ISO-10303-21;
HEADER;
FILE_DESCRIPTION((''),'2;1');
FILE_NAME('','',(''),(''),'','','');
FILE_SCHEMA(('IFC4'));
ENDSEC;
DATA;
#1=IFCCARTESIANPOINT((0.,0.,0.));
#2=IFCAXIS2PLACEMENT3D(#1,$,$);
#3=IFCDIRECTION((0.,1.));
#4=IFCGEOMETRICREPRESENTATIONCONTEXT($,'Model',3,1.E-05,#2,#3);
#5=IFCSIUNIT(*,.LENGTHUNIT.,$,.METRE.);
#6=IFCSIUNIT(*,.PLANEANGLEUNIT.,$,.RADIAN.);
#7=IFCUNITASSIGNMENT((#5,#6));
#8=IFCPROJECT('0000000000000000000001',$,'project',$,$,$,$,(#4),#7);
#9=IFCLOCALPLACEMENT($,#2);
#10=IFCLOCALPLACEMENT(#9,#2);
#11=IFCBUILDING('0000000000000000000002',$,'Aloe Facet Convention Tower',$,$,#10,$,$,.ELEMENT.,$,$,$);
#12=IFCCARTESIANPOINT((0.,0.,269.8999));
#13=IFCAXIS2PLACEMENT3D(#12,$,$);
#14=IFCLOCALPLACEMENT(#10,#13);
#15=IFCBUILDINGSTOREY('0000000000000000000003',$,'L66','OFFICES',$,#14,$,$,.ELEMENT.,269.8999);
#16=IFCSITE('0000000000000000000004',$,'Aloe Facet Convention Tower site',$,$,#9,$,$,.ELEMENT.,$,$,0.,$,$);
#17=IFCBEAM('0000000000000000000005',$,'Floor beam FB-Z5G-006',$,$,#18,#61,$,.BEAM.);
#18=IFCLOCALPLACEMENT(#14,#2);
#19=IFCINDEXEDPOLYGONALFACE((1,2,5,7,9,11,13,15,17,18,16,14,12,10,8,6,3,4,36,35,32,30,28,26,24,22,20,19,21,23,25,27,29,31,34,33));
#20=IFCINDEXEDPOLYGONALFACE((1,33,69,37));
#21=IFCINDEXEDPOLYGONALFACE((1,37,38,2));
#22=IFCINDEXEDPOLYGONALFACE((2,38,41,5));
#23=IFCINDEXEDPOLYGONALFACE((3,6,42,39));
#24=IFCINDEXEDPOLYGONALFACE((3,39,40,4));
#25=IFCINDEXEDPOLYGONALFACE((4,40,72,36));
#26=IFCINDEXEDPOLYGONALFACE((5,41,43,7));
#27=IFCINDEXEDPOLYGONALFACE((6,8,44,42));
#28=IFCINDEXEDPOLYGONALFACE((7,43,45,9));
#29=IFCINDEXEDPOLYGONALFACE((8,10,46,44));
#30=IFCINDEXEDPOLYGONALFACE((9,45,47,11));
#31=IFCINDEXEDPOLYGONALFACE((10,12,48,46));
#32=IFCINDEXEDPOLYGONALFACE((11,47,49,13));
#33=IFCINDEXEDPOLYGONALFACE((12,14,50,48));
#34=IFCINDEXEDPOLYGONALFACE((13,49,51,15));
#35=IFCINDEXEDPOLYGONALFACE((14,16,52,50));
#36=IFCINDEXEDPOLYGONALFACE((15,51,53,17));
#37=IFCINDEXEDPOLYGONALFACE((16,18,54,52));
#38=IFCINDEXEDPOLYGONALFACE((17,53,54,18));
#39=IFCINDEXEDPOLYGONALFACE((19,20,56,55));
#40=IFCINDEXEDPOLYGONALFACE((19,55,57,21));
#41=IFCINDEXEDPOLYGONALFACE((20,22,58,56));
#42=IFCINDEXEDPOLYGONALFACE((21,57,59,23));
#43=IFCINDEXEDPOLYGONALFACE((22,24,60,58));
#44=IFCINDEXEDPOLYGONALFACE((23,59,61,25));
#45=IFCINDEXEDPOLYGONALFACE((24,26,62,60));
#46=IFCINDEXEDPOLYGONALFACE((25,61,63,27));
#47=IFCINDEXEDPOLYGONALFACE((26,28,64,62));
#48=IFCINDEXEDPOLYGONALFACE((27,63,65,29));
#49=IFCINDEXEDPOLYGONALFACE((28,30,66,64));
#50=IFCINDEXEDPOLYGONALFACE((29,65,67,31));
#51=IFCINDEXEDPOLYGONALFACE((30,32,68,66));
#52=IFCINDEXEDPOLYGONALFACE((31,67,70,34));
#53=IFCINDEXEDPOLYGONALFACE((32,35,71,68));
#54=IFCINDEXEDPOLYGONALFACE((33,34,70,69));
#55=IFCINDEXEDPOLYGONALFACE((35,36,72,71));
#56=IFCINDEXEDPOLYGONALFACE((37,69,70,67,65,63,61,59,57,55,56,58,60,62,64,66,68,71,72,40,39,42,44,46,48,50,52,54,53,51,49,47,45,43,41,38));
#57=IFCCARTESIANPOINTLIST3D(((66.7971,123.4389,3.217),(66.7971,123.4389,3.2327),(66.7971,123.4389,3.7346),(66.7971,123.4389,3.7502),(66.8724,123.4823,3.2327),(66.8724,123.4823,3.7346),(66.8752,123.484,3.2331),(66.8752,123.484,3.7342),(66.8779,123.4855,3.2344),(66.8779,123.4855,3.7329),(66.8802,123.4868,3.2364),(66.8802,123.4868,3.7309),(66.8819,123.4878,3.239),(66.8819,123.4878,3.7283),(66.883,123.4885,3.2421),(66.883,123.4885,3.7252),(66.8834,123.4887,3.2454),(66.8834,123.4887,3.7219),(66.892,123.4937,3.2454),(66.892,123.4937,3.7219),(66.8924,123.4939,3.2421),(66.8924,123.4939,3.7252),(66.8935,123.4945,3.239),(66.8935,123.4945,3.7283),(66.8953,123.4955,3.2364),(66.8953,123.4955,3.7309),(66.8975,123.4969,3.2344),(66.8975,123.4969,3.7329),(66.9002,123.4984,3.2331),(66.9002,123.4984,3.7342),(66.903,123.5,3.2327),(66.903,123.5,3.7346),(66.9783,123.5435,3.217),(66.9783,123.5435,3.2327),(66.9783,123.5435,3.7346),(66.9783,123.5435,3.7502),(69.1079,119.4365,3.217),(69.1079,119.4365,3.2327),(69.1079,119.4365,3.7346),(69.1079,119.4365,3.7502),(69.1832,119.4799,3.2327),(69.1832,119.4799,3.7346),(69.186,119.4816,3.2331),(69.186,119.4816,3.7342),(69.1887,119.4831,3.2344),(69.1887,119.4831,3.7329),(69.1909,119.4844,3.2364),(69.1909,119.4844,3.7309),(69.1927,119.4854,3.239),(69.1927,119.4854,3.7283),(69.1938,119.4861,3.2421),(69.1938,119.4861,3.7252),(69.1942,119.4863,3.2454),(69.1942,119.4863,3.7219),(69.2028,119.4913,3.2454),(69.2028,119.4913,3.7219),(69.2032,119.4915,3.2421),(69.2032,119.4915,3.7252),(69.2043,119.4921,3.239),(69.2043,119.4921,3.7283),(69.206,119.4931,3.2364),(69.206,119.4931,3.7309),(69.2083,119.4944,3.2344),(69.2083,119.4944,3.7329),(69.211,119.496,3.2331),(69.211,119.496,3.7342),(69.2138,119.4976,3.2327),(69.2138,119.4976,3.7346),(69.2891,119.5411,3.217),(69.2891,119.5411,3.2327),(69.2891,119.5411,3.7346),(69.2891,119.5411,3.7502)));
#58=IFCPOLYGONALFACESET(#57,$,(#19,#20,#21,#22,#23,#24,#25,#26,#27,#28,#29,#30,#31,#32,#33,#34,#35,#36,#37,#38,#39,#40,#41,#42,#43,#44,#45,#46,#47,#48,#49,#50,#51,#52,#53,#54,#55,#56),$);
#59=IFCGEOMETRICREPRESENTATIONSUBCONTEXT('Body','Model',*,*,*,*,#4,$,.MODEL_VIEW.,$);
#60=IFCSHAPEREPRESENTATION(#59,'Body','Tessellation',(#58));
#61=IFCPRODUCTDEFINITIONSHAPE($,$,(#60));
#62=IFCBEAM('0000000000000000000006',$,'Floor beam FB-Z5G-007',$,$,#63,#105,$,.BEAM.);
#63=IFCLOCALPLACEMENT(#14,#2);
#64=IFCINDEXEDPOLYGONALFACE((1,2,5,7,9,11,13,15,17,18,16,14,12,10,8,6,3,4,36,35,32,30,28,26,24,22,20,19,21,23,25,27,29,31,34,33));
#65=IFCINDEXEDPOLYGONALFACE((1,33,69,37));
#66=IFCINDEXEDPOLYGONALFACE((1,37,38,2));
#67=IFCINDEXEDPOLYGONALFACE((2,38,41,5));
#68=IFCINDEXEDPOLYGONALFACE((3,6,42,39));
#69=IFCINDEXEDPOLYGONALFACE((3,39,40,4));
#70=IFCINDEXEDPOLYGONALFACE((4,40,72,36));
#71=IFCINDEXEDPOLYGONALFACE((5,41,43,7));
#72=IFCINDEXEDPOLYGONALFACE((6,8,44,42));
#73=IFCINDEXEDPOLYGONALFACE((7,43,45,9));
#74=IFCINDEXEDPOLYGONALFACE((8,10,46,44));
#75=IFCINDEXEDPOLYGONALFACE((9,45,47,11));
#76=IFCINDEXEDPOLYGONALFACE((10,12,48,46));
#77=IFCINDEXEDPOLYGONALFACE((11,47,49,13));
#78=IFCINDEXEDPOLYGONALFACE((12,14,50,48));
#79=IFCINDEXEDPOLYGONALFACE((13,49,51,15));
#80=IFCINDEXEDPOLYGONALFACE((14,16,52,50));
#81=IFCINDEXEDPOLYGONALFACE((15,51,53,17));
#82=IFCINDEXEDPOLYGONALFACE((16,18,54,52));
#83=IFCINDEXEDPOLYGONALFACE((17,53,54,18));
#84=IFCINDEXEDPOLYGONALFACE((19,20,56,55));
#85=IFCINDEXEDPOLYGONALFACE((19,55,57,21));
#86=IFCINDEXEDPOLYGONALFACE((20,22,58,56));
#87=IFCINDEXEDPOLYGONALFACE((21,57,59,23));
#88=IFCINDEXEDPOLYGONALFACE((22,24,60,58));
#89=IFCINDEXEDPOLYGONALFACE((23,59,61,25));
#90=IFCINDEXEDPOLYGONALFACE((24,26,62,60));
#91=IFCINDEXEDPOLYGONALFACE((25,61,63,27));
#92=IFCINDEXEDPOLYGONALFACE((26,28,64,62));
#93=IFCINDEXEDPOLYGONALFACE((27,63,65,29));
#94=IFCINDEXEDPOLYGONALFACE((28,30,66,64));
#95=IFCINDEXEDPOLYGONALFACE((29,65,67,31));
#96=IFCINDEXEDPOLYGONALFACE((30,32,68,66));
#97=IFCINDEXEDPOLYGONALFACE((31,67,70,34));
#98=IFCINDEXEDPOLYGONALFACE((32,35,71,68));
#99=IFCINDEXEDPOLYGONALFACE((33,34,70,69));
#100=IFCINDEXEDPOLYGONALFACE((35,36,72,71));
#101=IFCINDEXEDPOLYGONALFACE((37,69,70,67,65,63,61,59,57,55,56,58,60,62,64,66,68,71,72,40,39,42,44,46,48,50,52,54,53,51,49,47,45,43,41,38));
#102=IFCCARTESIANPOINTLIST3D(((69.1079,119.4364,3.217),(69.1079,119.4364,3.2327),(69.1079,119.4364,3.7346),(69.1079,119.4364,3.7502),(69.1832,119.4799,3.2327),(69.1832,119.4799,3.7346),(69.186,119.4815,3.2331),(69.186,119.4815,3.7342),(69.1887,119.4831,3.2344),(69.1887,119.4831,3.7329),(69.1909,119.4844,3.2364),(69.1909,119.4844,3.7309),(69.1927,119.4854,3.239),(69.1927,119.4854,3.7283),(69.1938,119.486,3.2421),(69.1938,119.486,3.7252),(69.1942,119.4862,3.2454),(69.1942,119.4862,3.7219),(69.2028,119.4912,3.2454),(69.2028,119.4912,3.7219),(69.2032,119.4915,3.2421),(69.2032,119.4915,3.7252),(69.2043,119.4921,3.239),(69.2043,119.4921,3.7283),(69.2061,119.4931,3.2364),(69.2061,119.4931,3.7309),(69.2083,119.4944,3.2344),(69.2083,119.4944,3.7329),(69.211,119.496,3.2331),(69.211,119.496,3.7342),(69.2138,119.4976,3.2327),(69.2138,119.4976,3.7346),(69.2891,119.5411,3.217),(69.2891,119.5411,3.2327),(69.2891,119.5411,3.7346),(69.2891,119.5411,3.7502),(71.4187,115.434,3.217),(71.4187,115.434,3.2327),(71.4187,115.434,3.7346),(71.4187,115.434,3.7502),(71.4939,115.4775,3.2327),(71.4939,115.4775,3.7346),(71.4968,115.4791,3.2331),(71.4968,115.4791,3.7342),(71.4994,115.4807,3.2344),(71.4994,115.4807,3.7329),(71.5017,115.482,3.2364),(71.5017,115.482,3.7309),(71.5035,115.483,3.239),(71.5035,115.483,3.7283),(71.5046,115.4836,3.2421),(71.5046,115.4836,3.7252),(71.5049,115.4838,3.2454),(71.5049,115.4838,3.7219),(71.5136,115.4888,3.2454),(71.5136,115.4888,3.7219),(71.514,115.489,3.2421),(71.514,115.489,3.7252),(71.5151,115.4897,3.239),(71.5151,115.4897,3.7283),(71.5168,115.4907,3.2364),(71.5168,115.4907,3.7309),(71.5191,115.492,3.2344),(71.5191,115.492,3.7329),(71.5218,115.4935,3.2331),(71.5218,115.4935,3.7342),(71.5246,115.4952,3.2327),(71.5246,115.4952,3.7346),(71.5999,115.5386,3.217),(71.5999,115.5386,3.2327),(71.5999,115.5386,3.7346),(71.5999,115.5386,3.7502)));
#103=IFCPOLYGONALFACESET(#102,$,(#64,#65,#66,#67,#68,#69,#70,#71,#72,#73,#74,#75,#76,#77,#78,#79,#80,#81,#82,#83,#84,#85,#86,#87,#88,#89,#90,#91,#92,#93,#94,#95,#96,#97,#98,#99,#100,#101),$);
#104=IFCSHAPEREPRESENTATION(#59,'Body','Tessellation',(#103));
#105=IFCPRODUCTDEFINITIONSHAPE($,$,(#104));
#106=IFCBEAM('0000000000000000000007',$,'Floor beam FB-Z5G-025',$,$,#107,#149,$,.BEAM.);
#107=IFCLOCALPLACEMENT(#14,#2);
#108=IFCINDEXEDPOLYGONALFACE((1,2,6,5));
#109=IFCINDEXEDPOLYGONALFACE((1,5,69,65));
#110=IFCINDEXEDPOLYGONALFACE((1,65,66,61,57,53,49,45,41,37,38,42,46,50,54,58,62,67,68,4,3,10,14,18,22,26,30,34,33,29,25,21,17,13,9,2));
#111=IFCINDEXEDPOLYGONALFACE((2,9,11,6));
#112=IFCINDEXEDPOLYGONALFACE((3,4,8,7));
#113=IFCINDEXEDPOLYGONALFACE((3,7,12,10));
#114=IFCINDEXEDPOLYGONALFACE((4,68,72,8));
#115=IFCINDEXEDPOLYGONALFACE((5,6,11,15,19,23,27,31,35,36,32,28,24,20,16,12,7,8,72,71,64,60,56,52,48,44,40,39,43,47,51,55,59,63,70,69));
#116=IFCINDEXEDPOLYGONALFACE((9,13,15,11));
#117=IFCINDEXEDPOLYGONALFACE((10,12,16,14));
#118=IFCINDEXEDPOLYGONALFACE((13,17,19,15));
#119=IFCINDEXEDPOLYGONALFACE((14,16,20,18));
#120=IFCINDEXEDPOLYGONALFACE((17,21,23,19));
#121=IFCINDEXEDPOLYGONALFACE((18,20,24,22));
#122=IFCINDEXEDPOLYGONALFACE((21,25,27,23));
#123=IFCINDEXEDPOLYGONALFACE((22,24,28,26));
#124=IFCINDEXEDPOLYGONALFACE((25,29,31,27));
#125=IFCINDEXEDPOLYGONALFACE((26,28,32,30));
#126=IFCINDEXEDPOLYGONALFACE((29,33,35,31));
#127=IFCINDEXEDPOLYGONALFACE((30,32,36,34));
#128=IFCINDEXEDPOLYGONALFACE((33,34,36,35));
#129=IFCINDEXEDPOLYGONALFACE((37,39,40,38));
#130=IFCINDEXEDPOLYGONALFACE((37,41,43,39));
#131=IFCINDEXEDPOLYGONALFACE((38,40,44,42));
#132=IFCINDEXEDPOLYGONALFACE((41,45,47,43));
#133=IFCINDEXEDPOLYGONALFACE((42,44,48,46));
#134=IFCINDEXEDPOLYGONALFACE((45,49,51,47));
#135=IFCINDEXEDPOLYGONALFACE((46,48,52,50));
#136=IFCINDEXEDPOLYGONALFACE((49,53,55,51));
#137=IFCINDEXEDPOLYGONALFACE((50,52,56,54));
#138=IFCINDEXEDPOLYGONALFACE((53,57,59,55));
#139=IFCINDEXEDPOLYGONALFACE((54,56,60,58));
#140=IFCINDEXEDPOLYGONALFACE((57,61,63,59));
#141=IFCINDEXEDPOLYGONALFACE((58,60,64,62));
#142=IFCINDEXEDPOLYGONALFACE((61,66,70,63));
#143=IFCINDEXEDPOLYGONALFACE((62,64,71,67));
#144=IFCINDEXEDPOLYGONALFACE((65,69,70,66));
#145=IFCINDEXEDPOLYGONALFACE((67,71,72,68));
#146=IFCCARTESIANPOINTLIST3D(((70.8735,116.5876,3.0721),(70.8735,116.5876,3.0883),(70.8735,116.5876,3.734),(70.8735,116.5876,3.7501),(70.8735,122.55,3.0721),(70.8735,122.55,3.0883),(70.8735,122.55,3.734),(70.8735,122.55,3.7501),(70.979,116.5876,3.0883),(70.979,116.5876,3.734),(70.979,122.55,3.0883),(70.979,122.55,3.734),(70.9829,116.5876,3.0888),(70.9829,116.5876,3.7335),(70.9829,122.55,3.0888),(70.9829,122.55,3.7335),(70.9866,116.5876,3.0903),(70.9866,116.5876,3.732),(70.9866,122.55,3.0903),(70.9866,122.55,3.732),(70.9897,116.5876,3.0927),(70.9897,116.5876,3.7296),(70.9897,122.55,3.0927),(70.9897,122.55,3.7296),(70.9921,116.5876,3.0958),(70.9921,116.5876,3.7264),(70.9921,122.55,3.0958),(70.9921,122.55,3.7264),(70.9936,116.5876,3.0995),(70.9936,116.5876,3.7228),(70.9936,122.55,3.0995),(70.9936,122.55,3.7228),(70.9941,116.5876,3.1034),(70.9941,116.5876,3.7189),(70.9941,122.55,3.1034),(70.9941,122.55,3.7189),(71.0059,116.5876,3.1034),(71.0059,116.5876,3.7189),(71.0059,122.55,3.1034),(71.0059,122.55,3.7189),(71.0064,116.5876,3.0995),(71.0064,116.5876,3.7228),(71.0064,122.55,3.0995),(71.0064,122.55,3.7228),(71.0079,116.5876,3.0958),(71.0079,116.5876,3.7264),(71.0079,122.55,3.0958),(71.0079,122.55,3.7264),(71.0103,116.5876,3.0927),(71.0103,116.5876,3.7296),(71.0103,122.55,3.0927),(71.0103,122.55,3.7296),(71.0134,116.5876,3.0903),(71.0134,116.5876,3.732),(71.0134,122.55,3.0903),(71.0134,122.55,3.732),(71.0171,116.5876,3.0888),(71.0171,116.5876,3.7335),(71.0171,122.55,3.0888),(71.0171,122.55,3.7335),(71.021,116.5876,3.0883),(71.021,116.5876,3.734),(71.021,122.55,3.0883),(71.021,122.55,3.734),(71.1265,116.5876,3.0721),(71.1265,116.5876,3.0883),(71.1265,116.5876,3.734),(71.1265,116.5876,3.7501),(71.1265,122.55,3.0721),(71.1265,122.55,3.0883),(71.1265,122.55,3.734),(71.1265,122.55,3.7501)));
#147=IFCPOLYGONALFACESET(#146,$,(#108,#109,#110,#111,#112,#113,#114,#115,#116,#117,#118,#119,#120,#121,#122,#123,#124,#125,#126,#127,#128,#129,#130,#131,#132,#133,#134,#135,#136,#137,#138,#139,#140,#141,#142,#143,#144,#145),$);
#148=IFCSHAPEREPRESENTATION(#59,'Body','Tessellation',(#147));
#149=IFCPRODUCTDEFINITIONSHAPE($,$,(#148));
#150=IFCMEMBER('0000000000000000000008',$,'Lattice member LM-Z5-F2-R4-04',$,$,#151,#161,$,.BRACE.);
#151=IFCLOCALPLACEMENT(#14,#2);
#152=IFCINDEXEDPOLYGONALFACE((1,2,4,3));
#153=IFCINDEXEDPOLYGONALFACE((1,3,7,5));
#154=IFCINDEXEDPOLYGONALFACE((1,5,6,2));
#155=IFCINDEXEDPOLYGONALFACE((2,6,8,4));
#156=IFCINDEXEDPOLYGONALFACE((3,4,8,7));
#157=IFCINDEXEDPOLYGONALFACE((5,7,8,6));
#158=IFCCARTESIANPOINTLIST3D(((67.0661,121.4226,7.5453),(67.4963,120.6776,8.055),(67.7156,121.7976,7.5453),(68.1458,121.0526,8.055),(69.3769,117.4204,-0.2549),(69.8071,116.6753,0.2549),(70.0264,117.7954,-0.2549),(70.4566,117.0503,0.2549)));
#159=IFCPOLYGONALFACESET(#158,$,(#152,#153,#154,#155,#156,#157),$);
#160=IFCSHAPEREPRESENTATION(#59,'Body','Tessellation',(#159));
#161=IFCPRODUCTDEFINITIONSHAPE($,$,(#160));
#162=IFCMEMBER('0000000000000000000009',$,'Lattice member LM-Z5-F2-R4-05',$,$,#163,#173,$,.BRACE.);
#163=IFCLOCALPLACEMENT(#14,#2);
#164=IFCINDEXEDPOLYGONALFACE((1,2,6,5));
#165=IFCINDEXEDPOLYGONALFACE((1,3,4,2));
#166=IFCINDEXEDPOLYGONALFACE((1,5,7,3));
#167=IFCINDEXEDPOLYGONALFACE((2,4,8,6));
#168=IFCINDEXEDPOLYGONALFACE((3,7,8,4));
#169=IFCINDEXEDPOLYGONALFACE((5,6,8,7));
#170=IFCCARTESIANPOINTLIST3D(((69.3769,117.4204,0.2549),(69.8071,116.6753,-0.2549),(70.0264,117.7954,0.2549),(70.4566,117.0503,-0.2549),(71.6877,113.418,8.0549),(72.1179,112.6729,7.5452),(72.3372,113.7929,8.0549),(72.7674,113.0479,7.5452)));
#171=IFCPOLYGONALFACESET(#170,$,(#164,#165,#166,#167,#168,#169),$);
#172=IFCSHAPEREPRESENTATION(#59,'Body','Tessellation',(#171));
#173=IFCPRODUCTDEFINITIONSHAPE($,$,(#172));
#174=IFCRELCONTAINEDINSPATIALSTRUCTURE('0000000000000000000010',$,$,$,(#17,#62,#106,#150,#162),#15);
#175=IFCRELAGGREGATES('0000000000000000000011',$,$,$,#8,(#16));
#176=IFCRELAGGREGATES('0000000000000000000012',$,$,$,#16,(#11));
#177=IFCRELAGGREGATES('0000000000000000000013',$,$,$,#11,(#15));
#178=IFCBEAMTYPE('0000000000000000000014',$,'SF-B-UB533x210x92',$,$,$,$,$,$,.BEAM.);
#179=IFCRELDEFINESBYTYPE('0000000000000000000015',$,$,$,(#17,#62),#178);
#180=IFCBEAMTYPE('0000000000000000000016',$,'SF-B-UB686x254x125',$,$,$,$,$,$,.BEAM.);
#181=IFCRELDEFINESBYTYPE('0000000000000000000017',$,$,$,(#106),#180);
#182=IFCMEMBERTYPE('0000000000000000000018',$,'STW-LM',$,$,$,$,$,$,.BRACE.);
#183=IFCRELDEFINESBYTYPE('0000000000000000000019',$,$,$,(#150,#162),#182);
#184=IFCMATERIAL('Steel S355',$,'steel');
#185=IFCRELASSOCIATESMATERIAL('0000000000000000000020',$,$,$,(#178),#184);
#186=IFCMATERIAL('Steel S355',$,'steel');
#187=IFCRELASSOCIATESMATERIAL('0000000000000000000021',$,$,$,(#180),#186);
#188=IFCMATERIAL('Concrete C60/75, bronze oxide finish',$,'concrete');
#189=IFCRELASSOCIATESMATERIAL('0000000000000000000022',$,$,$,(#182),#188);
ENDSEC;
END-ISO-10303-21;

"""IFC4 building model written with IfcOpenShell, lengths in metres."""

from ifc_helpers import new_model, si_unit, direction, frame, origin, origin_2d, place, context, subcontext, project, spatial, rectangle, i_section, extrude, material, material_profile, profile_set, type_object, element, save


model = new_model("IFC4")

# Units and contexts
model_context = context("Model", 3, precision=1e-05, world=origin(), true_north=direction((0.0, 1.0)))
body_context = subcontext(model_context, "Body", "Model", "MODEL_VIEW")
ifc_project = project(units=[si_unit("LENGTHUNIT", "METRE"), si_unit("PLANEANGLEUNIT", "RADIAN")], contexts=[model_context])

# Site, building, storey
site_placement = place(None, origin())
site = spatial("IfcSite", under=ifc_project, at=site_placement, Name="Aloe Facet Convention Tower site", CompositionType="ELEMENT", RefElevation=0.0)
building_placement = place(site_placement, origin())
building = spatial("IfcBuilding", under=site, at=building_placement, Name="Aloe Facet Convention Tower", CompositionType="ELEMENT")
storey_placement = place(building_placement, frame((0.0, 0.0, 269.8999)))
storey = spatial("IfcBuildingStorey", under=building, at=storey_placement, Name="L66", Description="OFFICES", CompositionType="ELEMENT", Elevation=269.8999)

# Beams
ifc_material_1 = material(Name="Steel S355", Category="steel")
ifc_material_profile_1 = material_profile(ifc_material_1, i_section(OverallWidth=0.2092, OverallDepth=0.5332, WebThickness=0.01, FlangeThickness=0.0156, FilletRadius=0.0127, at=origin_2d()), Name="UB 533x210x92")
ifc_profile_set_1 = profile_set([ifc_material_profile_1], Name="Steel S355")
beam_type_1 = type_object("IfcBeamType", Name="SF-B-UB533x210x92", PredefinedType="BEAM", material=ifc_profile_set_1)
for number, where, z_axis, x_axis, name in (
    (1, (69.1985, 119.4888, 3.4836), (-0.499997, 0.866027, 0.0), (-0.866027, -0.499997, 0.0), "Floor beam FB-Z5G-006"),
    (2, (71.5093, 115.4863, 3.4836), (-0.499997, 0.866027, 0.0), (-0.866027, -0.499997, 0.0), "Floor beam FB-Z5G-007"),
):
    element("IfcBeam", number, at=place(storey_placement, frame(where, z_axis=z_axis, x_axis=x_axis)), inside=storey, type_object=beam_type_1, Name=name, PredefinedType="BEAM", context=body_context, shape_type="SweptSolid", body=[
        extrude(i_section(OverallWidth=0.2092, OverallDepth=0.5332, WebThickness=0.01, FlangeThickness=0.0156, FilletRadius=0.0127, at=origin_2d()), origin(), (0.0, 0.0, 1.0), 4.6216),
    ])
ifc_material_2 = material(Name="Steel S355", Category="steel")
ifc_material_profile_2 = material_profile(ifc_material_2, i_section(OverallWidth=0.2529, OverallDepth=0.678, WebThickness=0.0117, FlangeThickness=0.0161, FilletRadius=0.0151, at=origin_2d()), Name="UB 686x254x125")
ifc_profile_set_2 = profile_set([ifc_material_profile_2], Name="Steel S355")
beam_type_2 = type_object("IfcBeamType", Name="SF-B-UB686x254x125", PredefinedType="BEAM", material=ifc_profile_set_2)
beam_1_placement = place(storey_placement, frame((71.0, 122.55, 3.4111), z_axis=(0.0, -1.0, 0.0), x_axis=(1.0, 0.0, 0.0)))
element("IfcBeam", 3, at=beam_1_placement, inside=storey, type_object=beam_type_2, Name="Floor beam FB-Z5G-025", PredefinedType="BEAM", context=body_context, shape_type="SweptSolid", body=[
    extrude(i_section(OverallWidth=0.2529, OverallDepth=0.678, WebThickness=0.0117, FlangeThickness=0.0161, FilletRadius=0.0151, at=origin_2d()), origin(), (0.0, 0.0, 1.0), 5.9624),
])

# Members
ifc_material_3 = material(Name="Concrete C60/75, bronze oxide finish", Category="concrete")
ifc_material_profile_3 = material_profile(ifc_material_3, rectangle(XDim=0.75, YDim=1.0, at=origin_2d()), Name="STW-LM")
ifc_profile_set_3 = profile_set([ifc_material_profile_3], Name="Concrete C60/75, bronze oxide finish")
member_type = type_object("IfcMemberType", Name="STW-LM", PredefinedType="BRACE", material=ifc_profile_set_3)
for number, where, z_axis, x_axis, name in (
    (4, (69.9167, 117.2354, 0.0), (-0.254876, 0.441436, 0.860333), (-0.866014, -0.50002, 0.0), "Lattice member LM-Z5-F2-R4-04"),
    (5, (69.9167, 117.2354, 0.0), (0.254873, -0.441458, 0.860322), (0.866027, 0.499997, 0.0), "Lattice member LM-Z5-F2-R4-05"),
):
    element("IfcMember", number, at=place(storey_placement, frame(where, z_axis=z_axis, x_axis=x_axis)), inside=storey, type_object=member_type, Name=name, PredefinedType="BRACE", context=body_context, shape_type="SweptSolid", body=[
        extrude(rectangle(XDim=0.75, YDim=1.0, at=origin_2d()), origin(), (0.0, 0.0, 1.0), 9.0664),
    ])

save(model, "model.ifc")
